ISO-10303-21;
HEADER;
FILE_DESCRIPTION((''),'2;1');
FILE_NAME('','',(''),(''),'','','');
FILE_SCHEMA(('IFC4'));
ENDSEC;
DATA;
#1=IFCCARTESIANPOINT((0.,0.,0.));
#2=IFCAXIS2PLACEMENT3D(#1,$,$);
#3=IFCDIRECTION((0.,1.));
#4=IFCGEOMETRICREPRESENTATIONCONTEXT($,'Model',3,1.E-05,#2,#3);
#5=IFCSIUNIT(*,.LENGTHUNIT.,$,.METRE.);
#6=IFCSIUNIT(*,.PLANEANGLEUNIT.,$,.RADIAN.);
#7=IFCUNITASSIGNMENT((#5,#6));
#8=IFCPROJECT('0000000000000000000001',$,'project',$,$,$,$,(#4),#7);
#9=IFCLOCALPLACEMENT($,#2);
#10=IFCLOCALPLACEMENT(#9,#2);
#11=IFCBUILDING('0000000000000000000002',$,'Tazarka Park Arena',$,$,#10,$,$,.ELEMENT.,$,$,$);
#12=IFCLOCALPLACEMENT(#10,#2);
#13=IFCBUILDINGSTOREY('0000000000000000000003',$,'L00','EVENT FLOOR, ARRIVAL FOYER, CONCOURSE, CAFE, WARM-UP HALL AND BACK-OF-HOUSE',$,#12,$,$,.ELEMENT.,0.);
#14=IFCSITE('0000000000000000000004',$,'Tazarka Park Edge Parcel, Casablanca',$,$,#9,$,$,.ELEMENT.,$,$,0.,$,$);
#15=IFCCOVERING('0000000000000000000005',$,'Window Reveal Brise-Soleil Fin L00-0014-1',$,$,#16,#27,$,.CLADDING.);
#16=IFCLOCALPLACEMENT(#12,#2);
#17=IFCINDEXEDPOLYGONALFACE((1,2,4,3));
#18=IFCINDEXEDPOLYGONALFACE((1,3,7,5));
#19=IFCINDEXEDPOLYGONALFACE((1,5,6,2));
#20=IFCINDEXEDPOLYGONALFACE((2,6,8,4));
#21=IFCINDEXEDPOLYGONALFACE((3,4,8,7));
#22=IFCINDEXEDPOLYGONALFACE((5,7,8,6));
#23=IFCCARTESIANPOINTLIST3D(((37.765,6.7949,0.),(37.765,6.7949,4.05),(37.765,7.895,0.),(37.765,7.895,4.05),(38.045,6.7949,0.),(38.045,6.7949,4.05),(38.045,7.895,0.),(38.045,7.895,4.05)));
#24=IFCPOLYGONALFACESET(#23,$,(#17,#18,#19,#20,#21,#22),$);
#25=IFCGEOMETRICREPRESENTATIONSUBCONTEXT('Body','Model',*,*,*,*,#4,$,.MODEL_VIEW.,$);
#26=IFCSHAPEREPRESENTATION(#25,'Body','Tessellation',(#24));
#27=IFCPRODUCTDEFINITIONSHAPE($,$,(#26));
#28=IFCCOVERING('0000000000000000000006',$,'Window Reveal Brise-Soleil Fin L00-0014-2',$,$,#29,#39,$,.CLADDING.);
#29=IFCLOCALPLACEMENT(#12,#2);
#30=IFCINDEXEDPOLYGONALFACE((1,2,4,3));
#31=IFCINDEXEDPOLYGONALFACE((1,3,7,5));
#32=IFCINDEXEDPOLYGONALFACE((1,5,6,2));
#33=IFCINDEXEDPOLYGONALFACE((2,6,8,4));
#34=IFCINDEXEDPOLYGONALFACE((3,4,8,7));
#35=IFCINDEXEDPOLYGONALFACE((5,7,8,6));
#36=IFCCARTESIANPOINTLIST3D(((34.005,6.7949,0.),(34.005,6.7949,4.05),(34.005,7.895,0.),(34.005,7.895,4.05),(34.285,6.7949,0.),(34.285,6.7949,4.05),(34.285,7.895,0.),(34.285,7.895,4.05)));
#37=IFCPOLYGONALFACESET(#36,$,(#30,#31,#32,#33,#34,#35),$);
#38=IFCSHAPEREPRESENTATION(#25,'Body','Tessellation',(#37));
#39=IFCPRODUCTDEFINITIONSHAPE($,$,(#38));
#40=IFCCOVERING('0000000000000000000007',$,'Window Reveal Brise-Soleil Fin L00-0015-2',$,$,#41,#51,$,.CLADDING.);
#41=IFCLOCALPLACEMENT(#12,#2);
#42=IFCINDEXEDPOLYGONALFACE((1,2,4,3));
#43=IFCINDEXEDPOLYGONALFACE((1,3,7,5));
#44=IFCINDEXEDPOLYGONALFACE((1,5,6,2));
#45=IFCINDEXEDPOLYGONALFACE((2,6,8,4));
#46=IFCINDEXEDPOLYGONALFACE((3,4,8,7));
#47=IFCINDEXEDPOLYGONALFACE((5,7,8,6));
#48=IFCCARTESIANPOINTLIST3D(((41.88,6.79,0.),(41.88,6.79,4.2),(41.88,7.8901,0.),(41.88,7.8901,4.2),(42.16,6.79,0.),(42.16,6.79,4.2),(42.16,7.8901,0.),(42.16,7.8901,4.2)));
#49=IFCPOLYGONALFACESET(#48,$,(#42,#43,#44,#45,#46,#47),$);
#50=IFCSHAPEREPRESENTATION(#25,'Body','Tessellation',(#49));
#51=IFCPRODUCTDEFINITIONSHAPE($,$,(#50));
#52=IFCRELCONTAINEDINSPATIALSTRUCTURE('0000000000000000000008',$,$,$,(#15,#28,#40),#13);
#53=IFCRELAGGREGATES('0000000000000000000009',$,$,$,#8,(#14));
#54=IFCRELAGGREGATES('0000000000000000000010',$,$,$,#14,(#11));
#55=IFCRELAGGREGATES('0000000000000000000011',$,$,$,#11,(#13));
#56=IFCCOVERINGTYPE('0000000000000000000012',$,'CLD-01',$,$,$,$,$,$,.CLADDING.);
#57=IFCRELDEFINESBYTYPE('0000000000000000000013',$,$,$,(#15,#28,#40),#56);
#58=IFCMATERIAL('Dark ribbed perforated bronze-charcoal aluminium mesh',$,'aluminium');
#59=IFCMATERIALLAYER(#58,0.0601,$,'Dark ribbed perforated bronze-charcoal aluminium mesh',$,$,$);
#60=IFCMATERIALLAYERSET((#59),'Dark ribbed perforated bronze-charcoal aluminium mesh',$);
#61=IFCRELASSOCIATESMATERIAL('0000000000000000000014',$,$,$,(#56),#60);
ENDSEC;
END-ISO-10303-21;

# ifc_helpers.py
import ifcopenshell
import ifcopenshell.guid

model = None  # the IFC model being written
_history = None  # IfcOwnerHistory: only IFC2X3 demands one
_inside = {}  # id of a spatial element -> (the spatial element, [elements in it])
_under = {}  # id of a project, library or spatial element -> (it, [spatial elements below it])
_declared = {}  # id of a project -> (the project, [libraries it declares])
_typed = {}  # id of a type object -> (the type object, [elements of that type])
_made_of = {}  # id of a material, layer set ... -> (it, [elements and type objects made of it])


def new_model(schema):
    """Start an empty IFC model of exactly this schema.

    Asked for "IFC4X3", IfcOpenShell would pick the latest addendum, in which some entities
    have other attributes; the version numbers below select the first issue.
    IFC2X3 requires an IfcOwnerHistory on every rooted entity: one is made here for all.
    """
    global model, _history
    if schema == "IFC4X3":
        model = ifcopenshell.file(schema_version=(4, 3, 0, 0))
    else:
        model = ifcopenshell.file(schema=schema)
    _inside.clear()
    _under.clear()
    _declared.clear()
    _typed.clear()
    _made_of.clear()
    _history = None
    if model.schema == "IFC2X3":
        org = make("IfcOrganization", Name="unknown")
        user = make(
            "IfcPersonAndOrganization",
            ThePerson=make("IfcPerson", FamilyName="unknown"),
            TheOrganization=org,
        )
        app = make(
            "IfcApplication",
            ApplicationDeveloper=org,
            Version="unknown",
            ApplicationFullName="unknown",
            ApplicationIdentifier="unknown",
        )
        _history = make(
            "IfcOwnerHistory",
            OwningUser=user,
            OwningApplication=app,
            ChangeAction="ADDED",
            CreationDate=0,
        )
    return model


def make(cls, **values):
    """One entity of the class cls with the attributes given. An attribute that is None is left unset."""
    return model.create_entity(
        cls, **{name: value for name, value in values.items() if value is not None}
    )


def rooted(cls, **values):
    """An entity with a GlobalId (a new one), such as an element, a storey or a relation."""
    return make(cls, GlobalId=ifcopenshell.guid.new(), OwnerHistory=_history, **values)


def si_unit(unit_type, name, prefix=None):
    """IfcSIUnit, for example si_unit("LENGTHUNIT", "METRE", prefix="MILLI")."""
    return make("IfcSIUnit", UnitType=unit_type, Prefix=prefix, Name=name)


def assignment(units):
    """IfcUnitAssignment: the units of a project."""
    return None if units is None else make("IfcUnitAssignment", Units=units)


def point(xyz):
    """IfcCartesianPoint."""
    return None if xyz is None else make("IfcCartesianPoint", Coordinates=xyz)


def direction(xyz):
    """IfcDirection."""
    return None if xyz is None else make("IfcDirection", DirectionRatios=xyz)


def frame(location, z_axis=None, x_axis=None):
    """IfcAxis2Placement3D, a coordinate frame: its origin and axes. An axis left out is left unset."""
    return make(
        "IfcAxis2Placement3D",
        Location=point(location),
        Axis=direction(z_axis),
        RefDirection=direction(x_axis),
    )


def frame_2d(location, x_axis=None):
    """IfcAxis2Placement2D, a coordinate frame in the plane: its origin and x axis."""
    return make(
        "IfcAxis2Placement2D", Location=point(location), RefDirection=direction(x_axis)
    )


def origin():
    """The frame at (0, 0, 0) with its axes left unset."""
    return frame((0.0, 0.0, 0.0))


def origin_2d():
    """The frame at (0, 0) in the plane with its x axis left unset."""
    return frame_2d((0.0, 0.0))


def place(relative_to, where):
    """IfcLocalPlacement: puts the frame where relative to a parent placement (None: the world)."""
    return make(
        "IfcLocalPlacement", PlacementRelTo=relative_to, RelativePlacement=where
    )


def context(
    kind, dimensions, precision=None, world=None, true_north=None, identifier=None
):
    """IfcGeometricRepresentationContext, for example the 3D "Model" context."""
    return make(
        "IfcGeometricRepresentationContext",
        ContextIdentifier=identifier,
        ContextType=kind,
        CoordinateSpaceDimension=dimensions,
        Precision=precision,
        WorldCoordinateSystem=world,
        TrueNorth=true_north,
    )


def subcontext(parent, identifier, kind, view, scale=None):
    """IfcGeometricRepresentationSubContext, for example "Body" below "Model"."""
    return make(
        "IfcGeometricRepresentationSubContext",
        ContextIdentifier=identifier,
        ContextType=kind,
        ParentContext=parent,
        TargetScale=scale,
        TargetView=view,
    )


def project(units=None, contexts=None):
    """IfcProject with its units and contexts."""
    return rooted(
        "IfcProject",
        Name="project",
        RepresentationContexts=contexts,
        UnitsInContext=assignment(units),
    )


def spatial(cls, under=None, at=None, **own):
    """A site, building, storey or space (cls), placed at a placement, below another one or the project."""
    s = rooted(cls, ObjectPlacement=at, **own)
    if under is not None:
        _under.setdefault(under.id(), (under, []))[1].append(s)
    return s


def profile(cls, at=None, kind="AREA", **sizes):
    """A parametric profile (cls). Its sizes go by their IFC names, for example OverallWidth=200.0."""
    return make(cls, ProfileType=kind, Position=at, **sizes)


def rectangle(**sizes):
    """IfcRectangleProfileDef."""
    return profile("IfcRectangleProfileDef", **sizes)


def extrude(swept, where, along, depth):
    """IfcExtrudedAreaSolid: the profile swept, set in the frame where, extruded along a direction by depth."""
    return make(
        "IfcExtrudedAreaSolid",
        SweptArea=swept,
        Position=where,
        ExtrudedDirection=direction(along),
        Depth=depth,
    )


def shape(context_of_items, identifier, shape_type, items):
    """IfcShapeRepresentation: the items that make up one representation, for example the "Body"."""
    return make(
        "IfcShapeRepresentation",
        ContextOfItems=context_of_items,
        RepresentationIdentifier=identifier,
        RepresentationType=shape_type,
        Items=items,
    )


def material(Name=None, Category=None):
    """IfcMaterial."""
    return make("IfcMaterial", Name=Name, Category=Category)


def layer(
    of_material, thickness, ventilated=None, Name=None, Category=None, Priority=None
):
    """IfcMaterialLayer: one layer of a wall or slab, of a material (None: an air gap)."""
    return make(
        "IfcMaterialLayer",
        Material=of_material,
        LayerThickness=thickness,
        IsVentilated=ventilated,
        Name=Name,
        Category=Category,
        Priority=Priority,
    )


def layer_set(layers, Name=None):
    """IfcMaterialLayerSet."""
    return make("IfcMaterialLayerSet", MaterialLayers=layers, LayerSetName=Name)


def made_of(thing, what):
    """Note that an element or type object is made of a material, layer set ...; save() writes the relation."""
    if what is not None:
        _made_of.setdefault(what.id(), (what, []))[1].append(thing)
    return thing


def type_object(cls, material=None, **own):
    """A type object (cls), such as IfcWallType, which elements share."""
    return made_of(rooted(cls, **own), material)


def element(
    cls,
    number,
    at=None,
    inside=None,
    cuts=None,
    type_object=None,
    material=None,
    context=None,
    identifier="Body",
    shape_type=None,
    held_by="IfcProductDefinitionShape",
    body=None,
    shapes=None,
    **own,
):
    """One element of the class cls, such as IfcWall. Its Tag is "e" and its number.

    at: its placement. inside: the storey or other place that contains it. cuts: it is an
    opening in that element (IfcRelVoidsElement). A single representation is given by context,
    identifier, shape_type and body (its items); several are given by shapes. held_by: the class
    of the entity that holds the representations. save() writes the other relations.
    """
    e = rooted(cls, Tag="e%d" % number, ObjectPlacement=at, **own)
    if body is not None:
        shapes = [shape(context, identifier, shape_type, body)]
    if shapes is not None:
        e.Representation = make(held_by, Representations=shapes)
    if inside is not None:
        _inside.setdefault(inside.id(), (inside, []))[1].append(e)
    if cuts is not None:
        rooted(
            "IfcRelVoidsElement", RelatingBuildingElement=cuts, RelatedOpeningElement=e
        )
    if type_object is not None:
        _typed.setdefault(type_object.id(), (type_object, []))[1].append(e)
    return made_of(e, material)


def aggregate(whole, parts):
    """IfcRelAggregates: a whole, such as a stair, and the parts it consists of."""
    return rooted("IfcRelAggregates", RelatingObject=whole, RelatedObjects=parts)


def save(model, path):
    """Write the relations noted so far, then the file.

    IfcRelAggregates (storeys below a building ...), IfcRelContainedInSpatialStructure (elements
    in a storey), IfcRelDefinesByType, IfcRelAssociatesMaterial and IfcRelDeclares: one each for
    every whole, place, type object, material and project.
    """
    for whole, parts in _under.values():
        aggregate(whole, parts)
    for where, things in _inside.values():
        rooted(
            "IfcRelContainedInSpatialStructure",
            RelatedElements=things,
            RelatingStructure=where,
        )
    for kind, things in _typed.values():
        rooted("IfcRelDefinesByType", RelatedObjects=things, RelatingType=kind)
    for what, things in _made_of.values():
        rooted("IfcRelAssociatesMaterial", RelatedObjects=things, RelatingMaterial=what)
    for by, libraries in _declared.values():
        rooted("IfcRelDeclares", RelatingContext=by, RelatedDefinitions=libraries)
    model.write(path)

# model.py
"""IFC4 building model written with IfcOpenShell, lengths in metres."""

from ifc_helpers import new_model, si_unit, direction, frame, origin, origin_2d, place, context, subcontext, project, spatial, rectangle, extrude, material, layer, layer_set, type_object, element, save


model = new_model("IFC4")

# Units and contexts
model_context = context("Model", 3, precision=1e-05, world=origin(), true_north=direction((0.0, 1.0)))
body_context = subcontext(model_context, "Body", "Model", "MODEL_VIEW")
ifc_project = project(units=[si_unit("LENGTHUNIT", "METRE"), si_unit("PLANEANGLEUNIT", "RADIAN")], contexts=[model_context])

# Site, building, storey
site_placement = place(None, origin())
site = spatial("IfcSite", under=ifc_project, at=site_placement, Name="Tazarka Park Edge Parcel, Casablanca", CompositionType="ELEMENT", RefElevation=0.0)
building_placement = place(site_placement, origin())
building = spatial("IfcBuilding", under=site, at=building_placement, Name="Tazarka Park Arena", CompositionType="ELEMENT")
storey_placement = place(building_placement, origin())
storey = spatial("IfcBuildingStorey", under=building, at=storey_placement, Name="L00", Description="EVENT FLOOR, ARRIVAL FOYER, CONCOURSE, CAFE, WARM-UP HALL AND BACK-OF-HOUSE", CompositionType="ELEMENT", Elevation=0.0)

# Coverings
ifc_material_1 = material(Name="Dark ribbed perforated bronze-charcoal aluminium mesh", Category="aluminium")
ifc_layer_1 = layer(ifc_material_1, 0.0601, Name="Dark ribbed perforated bronze-charcoal aluminium mesh")
ifc_layer_set_1 = layer_set([ifc_layer_1], Name="Dark ribbed perforated bronze-charcoal aluminium mesh")
covering_type = type_object("IfcCoveringType", Name="CLD-01", PredefinedType="CLADDING", material=ifc_layer_set_1)
for number, where, z_axis, x_axis, name in (
    (1, (37.905, 7.345, 0.0), (0.0, 0.0, 1.0), (-1.0, 0.0, 0.0), "Window Reveal Brise-Soleil Fin L00-0014-1"),
    (2, (34.145, 7.345, 0.0), (0.0, 0.0, 1.0), (-1.0, 0.0, 0.0), "Window Reveal Brise-Soleil Fin L00-0014-2"),
):
    element("IfcCovering", number, at=place(storey_placement, frame(where, z_axis=z_axis, x_axis=x_axis)), inside=storey, type_object=covering_type, Name=name, PredefinedType="CLADDING", context=body_context, shape_type="SweptSolid", body=[
        extrude(rectangle(XDim=0.28, YDim=1.1001, at=origin_2d()), origin(), (0.0, 0.0, 1.0), 4.05),
    ])
covering_placement = place(storey_placement, frame((42.02, 7.3401, 0.0), z_axis=(0.0, 0.0, 1.0), x_axis=(-1.0, 0.0, 0.0)))
element("IfcCovering", 3, at=covering_placement, inside=storey, type_object=covering_type, Name="Window Reveal Brise-Soleil Fin L00-0015-2", PredefinedType="CLADDING", context=body_context, shape_type="SweptSolid", body=[
    extrude(rectangle(XDim=0.28, YDim=1.1001, at=origin_2d()), origin(), (0.0, 0.0, 1.0), 4.2),
])

save(model, "model.ifc")
